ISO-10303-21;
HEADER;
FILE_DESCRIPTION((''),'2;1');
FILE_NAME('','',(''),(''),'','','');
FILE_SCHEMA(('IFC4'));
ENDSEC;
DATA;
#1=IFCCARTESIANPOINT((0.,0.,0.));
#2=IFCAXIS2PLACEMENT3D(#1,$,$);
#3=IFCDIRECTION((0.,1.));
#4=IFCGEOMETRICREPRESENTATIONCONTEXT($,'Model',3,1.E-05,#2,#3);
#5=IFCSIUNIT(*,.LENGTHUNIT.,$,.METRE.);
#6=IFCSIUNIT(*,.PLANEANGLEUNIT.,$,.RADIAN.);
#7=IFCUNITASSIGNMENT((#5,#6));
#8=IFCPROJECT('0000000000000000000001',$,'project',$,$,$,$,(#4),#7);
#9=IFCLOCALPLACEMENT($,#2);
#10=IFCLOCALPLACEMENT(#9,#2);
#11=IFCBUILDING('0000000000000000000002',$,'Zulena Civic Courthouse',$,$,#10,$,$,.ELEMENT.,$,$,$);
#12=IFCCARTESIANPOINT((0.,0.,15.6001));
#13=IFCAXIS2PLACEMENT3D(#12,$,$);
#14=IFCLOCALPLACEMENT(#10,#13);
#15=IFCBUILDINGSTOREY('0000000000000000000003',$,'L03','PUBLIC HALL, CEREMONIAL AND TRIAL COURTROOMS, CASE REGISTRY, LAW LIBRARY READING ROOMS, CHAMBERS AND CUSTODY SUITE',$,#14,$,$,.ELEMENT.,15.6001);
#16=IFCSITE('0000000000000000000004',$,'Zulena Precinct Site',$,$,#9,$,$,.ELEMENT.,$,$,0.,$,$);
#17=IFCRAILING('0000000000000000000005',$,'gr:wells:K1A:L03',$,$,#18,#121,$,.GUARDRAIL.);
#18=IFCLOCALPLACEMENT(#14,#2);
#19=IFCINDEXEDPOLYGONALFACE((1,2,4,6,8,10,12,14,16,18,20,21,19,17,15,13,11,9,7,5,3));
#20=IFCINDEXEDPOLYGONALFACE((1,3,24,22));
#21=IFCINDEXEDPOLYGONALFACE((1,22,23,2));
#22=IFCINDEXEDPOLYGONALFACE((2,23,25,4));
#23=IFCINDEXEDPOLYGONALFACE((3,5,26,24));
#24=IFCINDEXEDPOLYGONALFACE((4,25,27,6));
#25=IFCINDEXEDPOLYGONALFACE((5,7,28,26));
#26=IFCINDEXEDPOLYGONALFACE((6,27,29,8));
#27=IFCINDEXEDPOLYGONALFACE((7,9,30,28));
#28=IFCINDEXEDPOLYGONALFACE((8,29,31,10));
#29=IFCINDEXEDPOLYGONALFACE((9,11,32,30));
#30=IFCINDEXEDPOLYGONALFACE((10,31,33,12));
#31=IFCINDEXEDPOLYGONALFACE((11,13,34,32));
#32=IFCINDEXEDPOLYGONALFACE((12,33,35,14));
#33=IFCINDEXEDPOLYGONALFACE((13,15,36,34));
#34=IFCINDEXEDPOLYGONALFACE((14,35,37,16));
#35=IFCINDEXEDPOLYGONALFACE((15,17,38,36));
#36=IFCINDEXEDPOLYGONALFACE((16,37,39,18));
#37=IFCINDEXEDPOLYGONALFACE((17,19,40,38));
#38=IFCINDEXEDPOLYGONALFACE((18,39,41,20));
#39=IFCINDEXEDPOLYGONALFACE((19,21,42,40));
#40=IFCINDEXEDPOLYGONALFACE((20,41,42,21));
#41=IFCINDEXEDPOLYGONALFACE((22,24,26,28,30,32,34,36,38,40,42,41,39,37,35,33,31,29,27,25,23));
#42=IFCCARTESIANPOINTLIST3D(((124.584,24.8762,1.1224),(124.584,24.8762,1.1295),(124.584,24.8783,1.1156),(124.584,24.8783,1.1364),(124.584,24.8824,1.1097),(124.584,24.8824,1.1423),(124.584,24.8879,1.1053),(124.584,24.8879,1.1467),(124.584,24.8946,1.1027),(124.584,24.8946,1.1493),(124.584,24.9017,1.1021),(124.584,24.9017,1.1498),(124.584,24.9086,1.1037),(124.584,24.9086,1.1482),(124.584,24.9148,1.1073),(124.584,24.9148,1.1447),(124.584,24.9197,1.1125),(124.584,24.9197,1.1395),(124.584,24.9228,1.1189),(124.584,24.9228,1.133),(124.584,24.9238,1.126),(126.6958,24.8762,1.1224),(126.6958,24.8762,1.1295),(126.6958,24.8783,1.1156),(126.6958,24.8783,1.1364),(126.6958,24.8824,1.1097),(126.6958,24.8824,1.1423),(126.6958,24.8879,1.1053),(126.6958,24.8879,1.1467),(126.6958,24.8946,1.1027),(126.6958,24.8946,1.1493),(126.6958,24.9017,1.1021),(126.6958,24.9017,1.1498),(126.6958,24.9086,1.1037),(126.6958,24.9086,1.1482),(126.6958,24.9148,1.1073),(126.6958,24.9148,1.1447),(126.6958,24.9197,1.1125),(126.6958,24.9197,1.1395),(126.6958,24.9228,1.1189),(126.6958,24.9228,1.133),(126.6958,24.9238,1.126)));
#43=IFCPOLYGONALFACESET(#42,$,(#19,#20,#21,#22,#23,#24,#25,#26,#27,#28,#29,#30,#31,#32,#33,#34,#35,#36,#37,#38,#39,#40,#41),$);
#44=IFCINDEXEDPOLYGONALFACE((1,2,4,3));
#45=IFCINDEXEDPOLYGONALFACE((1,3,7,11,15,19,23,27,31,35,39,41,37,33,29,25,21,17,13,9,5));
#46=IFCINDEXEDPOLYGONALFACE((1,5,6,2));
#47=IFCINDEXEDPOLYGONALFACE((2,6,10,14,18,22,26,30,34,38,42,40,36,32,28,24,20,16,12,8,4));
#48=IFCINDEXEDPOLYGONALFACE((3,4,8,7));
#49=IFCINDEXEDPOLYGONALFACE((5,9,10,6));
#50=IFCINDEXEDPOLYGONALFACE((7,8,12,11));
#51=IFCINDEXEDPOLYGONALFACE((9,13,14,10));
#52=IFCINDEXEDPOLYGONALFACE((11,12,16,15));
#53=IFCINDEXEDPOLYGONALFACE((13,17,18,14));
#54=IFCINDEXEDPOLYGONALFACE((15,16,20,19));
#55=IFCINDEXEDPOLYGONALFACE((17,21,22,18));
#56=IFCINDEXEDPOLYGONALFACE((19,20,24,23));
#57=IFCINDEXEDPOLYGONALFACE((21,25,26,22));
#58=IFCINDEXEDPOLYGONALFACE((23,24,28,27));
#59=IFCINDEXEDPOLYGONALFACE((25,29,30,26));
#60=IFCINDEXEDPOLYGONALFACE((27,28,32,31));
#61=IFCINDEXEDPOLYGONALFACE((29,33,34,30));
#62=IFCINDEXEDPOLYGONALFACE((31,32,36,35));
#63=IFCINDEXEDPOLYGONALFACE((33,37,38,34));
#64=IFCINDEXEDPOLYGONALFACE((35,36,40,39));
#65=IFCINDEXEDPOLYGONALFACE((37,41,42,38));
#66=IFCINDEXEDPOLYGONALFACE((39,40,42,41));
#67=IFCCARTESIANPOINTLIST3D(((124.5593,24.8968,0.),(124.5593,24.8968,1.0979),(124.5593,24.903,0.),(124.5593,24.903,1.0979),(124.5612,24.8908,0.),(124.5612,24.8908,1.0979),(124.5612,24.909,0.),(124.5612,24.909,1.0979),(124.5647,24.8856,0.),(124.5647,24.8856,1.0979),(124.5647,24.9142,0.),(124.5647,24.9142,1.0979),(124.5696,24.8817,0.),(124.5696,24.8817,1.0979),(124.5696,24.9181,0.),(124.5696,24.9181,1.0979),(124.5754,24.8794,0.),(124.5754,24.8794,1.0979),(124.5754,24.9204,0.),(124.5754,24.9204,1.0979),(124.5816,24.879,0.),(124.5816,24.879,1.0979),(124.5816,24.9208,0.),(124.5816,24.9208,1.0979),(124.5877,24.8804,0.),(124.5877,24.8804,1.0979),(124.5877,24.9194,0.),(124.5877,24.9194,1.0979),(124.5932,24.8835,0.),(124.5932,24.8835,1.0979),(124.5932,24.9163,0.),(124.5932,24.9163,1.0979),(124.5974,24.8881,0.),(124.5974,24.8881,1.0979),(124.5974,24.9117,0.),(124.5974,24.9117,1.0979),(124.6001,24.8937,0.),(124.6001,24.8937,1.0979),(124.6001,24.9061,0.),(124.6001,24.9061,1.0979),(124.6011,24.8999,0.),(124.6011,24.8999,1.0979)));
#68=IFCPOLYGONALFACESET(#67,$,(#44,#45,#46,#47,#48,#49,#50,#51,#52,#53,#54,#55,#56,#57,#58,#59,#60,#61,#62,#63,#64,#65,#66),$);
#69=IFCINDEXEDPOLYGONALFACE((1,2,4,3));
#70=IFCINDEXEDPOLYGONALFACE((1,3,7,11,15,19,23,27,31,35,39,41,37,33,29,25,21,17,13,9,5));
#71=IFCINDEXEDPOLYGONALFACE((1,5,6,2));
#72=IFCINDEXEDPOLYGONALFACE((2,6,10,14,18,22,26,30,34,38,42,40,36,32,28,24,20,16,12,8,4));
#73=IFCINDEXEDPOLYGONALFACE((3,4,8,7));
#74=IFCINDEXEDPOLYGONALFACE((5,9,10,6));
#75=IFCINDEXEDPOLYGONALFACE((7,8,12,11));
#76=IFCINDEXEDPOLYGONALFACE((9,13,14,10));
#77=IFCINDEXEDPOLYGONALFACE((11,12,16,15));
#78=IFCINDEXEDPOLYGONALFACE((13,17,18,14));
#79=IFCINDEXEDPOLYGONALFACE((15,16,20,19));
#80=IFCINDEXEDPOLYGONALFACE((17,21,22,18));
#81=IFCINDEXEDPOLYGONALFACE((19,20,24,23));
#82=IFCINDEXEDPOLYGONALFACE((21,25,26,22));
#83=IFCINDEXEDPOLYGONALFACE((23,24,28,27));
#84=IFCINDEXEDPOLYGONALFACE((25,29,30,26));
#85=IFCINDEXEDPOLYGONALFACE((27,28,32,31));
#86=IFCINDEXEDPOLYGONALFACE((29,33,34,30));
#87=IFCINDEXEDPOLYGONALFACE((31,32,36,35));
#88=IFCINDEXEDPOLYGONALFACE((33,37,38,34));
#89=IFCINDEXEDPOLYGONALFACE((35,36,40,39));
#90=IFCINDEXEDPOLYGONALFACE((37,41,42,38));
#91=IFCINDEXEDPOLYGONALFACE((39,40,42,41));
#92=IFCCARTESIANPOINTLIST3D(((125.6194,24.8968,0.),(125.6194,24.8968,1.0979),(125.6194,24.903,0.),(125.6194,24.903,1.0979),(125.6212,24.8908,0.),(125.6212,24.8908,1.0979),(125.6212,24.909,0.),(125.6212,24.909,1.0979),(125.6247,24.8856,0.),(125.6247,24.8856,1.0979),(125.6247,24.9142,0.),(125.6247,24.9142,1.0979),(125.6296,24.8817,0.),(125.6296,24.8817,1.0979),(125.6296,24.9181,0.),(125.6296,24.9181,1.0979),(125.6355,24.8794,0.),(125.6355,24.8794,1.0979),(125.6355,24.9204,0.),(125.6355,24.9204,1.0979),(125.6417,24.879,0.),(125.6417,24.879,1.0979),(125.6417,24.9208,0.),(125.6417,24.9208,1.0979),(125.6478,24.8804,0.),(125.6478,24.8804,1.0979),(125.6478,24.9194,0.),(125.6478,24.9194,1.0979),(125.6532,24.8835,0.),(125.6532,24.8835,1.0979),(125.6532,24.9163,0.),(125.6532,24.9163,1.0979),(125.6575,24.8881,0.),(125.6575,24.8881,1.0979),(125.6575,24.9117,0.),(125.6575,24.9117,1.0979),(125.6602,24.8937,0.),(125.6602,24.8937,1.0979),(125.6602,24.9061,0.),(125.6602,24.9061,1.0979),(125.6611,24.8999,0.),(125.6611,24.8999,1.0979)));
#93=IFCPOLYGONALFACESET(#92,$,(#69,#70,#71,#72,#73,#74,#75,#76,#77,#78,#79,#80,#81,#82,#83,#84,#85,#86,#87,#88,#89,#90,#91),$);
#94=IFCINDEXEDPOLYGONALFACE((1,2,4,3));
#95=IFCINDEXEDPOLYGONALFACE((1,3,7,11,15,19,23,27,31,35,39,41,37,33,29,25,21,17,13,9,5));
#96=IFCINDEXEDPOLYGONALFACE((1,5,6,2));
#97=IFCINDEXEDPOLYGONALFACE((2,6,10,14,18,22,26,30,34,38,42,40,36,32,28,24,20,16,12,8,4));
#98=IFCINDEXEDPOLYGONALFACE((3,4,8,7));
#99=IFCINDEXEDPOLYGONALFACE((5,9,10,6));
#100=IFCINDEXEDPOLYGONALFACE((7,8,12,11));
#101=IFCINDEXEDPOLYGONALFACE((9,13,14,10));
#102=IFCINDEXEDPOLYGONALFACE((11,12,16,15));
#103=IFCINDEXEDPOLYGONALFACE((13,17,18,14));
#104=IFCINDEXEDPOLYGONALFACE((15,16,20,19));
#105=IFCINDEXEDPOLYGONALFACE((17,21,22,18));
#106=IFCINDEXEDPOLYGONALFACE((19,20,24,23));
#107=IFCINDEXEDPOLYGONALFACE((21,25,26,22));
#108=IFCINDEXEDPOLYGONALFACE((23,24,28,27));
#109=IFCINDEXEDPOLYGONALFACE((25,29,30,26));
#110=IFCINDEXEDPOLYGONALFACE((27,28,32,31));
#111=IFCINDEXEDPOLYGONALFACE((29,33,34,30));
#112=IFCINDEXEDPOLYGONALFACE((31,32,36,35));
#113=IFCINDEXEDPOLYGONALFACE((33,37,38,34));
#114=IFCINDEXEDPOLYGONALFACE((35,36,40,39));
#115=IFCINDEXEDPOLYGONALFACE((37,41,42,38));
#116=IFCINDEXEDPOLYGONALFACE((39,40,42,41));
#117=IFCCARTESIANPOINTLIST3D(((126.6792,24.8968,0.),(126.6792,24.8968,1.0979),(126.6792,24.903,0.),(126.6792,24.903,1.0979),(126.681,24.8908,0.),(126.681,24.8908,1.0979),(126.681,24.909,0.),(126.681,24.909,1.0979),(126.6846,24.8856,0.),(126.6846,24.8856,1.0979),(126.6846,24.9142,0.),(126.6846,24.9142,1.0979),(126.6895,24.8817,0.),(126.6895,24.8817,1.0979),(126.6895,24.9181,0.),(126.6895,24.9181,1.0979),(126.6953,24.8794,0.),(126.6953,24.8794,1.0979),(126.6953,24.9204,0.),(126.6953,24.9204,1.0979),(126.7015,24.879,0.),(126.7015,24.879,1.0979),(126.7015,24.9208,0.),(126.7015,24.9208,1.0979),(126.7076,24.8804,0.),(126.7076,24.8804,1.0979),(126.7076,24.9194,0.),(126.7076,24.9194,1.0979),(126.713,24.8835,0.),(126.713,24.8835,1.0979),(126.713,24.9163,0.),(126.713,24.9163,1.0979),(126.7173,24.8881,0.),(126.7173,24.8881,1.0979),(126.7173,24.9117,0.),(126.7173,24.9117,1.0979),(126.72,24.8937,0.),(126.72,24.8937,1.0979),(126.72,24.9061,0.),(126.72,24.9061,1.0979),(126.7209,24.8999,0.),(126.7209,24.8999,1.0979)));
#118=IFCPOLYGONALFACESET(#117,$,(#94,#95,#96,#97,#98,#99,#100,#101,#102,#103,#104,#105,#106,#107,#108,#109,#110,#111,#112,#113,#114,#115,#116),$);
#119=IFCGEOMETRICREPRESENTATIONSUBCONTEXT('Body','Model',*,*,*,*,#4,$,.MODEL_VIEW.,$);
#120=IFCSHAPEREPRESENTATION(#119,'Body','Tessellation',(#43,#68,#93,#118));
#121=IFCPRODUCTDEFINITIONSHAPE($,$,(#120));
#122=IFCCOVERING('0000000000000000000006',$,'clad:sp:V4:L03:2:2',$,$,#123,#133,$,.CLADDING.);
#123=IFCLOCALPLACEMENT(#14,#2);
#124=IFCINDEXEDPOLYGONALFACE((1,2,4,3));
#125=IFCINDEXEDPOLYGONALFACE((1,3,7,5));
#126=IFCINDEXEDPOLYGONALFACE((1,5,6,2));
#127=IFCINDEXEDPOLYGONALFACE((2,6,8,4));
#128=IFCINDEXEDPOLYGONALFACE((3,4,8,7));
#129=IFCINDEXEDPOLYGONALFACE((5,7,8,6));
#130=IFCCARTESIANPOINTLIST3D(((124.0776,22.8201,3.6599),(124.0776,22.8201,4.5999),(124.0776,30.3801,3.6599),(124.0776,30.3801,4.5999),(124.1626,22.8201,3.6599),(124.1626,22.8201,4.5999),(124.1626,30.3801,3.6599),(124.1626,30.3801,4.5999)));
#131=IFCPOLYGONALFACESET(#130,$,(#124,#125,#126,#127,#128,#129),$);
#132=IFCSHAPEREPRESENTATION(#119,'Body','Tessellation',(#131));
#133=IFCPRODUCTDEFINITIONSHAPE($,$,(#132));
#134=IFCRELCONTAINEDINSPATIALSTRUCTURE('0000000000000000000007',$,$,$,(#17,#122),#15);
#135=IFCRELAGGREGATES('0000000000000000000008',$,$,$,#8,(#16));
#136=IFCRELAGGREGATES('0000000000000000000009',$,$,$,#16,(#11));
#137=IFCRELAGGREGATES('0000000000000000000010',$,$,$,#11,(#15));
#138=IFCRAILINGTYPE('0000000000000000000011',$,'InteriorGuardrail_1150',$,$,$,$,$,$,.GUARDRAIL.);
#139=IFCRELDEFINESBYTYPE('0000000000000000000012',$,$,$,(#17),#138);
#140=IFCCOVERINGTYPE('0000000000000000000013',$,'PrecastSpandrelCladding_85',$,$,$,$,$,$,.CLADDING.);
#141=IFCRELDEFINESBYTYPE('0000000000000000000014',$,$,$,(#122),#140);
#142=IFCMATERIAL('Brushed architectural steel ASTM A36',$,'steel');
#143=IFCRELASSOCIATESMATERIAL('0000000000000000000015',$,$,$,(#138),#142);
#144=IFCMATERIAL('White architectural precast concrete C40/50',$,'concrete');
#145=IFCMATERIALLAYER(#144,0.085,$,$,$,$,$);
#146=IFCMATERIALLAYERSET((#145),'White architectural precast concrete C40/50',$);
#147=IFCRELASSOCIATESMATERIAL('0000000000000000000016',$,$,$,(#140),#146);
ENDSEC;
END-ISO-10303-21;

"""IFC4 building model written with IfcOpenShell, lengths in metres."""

from ifc_helpers import new_model, si_unit, direction, frame, origin, origin_2d, place, context, subcontext, project, spatial, rectangle, circle, extrude, material, layer, layer_set, type_object, element, save


model = new_model("IFC4")

# Units and contexts
model_context = context("Model", 3, precision=1e-05, world=origin(), true_north=direction((0.0, 1.0)))
body_context = subcontext(model_context, "Body", "Model", "MODEL_VIEW")
ifc_project = project(units=[si_unit("LENGTHUNIT", "METRE"), si_unit("PLANEANGLEUNIT", "RADIAN")], contexts=[model_context])

# Site, building, storey
site_placement = place(None, origin())
site = spatial("IfcSite", under=ifc_project, at=site_placement, Name="Zulena Precinct Site", CompositionType="ELEMENT", RefElevation=0.0)
building_placement = place(site_placement, origin())
building = spatial("IfcBuilding", under=site, at=building_placement, Name="Zulena Civic Courthouse", CompositionType="ELEMENT")
storey_placement = place(building_placement, frame((0.0, 0.0, 15.6001)))
storey = spatial("IfcBuildingStorey", under=building, at=storey_placement, Name="L03", Description="PUBLIC HALL, CEREMONIAL AND TRIAL COURTROOMS, CASE REGISTRY, LAW LIBRARY READING ROOMS, CHAMBERS AND CUSTODY SUITE", CompositionType="ELEMENT", Elevation=15.6001)

# Railing
ifc_material_1 = material(Name="Brushed architectural steel ASTM A36", Category="steel")
railing_type = type_object("IfcRailingType", Name="InteriorGuardrail_1150", PredefinedType="GUARDRAIL", material=ifc_material_1)
railing_1_placement = place(storey_placement, frame((124.5801, 24.8999, 0.0)))
element("IfcRailing", 1, at=railing_1_placement, inside=storey, type_object=railing_type, Name="gr:wells:K1A:L03", PredefinedType="GUARDRAIL", context=body_context, shape_type="SweptSolid", body=[
    extrude(circle(Radius=0.0239, at=origin_2d()), frame((0.0039, 0.0, 1.126), z_axis=(1.0, 0.0, 0.0), x_axis=(0.0, 1.0, 0.0)), (0.0, 0.0, 1.0), 2.1118),
    extrude(circle(Radius=0.021, at=origin_2d()), origin(), (0.0, 0.0, 1.0), 1.0979),
    extrude(circle(Radius=0.021, at=origin_2d()), frame((1.0601, 0.0, 0.0)), (0.0, 0.0, 1.0), 1.0979),
    extrude(circle(Radius=0.021, at=origin_2d()), frame((2.1199, 0.0, 0.0)), (0.0, 0.0, 1.0), 1.0979),
])

# Covering
ifc_material_2 = material(Name="White architectural precast concrete C40/50", Category="concrete")
ifc_layer_1 = layer(ifc_material_2, 0.085)
ifc_layer_set_1 = layer_set([ifc_layer_1], Name="White architectural precast concrete C40/50")
covering_type = type_object("IfcCoveringType", Name="PrecastSpandrelCladding_85", PredefinedType="CLADDING", material=ifc_layer_set_1)
covering_placement = place(storey_placement, frame((124.1201, 26.6001, 3.6599), z_axis=(0.0, 0.0, 1.0), x_axis=(0.0, -1.0, 0.0)))
element("IfcCovering", 2, at=covering_placement, inside=storey, type_object=covering_type, Name="clad:sp:V4:L03:2:2", PredefinedType="CLADDING", context=body_context, shape_type="SweptSolid", body=[
    extrude(rectangle(XDim=7.5601, YDim=0.085, at=origin_2d()), origin(), (0.0, 0.0, 1.0), 0.9399),
])

save(model, "model.ifc")
